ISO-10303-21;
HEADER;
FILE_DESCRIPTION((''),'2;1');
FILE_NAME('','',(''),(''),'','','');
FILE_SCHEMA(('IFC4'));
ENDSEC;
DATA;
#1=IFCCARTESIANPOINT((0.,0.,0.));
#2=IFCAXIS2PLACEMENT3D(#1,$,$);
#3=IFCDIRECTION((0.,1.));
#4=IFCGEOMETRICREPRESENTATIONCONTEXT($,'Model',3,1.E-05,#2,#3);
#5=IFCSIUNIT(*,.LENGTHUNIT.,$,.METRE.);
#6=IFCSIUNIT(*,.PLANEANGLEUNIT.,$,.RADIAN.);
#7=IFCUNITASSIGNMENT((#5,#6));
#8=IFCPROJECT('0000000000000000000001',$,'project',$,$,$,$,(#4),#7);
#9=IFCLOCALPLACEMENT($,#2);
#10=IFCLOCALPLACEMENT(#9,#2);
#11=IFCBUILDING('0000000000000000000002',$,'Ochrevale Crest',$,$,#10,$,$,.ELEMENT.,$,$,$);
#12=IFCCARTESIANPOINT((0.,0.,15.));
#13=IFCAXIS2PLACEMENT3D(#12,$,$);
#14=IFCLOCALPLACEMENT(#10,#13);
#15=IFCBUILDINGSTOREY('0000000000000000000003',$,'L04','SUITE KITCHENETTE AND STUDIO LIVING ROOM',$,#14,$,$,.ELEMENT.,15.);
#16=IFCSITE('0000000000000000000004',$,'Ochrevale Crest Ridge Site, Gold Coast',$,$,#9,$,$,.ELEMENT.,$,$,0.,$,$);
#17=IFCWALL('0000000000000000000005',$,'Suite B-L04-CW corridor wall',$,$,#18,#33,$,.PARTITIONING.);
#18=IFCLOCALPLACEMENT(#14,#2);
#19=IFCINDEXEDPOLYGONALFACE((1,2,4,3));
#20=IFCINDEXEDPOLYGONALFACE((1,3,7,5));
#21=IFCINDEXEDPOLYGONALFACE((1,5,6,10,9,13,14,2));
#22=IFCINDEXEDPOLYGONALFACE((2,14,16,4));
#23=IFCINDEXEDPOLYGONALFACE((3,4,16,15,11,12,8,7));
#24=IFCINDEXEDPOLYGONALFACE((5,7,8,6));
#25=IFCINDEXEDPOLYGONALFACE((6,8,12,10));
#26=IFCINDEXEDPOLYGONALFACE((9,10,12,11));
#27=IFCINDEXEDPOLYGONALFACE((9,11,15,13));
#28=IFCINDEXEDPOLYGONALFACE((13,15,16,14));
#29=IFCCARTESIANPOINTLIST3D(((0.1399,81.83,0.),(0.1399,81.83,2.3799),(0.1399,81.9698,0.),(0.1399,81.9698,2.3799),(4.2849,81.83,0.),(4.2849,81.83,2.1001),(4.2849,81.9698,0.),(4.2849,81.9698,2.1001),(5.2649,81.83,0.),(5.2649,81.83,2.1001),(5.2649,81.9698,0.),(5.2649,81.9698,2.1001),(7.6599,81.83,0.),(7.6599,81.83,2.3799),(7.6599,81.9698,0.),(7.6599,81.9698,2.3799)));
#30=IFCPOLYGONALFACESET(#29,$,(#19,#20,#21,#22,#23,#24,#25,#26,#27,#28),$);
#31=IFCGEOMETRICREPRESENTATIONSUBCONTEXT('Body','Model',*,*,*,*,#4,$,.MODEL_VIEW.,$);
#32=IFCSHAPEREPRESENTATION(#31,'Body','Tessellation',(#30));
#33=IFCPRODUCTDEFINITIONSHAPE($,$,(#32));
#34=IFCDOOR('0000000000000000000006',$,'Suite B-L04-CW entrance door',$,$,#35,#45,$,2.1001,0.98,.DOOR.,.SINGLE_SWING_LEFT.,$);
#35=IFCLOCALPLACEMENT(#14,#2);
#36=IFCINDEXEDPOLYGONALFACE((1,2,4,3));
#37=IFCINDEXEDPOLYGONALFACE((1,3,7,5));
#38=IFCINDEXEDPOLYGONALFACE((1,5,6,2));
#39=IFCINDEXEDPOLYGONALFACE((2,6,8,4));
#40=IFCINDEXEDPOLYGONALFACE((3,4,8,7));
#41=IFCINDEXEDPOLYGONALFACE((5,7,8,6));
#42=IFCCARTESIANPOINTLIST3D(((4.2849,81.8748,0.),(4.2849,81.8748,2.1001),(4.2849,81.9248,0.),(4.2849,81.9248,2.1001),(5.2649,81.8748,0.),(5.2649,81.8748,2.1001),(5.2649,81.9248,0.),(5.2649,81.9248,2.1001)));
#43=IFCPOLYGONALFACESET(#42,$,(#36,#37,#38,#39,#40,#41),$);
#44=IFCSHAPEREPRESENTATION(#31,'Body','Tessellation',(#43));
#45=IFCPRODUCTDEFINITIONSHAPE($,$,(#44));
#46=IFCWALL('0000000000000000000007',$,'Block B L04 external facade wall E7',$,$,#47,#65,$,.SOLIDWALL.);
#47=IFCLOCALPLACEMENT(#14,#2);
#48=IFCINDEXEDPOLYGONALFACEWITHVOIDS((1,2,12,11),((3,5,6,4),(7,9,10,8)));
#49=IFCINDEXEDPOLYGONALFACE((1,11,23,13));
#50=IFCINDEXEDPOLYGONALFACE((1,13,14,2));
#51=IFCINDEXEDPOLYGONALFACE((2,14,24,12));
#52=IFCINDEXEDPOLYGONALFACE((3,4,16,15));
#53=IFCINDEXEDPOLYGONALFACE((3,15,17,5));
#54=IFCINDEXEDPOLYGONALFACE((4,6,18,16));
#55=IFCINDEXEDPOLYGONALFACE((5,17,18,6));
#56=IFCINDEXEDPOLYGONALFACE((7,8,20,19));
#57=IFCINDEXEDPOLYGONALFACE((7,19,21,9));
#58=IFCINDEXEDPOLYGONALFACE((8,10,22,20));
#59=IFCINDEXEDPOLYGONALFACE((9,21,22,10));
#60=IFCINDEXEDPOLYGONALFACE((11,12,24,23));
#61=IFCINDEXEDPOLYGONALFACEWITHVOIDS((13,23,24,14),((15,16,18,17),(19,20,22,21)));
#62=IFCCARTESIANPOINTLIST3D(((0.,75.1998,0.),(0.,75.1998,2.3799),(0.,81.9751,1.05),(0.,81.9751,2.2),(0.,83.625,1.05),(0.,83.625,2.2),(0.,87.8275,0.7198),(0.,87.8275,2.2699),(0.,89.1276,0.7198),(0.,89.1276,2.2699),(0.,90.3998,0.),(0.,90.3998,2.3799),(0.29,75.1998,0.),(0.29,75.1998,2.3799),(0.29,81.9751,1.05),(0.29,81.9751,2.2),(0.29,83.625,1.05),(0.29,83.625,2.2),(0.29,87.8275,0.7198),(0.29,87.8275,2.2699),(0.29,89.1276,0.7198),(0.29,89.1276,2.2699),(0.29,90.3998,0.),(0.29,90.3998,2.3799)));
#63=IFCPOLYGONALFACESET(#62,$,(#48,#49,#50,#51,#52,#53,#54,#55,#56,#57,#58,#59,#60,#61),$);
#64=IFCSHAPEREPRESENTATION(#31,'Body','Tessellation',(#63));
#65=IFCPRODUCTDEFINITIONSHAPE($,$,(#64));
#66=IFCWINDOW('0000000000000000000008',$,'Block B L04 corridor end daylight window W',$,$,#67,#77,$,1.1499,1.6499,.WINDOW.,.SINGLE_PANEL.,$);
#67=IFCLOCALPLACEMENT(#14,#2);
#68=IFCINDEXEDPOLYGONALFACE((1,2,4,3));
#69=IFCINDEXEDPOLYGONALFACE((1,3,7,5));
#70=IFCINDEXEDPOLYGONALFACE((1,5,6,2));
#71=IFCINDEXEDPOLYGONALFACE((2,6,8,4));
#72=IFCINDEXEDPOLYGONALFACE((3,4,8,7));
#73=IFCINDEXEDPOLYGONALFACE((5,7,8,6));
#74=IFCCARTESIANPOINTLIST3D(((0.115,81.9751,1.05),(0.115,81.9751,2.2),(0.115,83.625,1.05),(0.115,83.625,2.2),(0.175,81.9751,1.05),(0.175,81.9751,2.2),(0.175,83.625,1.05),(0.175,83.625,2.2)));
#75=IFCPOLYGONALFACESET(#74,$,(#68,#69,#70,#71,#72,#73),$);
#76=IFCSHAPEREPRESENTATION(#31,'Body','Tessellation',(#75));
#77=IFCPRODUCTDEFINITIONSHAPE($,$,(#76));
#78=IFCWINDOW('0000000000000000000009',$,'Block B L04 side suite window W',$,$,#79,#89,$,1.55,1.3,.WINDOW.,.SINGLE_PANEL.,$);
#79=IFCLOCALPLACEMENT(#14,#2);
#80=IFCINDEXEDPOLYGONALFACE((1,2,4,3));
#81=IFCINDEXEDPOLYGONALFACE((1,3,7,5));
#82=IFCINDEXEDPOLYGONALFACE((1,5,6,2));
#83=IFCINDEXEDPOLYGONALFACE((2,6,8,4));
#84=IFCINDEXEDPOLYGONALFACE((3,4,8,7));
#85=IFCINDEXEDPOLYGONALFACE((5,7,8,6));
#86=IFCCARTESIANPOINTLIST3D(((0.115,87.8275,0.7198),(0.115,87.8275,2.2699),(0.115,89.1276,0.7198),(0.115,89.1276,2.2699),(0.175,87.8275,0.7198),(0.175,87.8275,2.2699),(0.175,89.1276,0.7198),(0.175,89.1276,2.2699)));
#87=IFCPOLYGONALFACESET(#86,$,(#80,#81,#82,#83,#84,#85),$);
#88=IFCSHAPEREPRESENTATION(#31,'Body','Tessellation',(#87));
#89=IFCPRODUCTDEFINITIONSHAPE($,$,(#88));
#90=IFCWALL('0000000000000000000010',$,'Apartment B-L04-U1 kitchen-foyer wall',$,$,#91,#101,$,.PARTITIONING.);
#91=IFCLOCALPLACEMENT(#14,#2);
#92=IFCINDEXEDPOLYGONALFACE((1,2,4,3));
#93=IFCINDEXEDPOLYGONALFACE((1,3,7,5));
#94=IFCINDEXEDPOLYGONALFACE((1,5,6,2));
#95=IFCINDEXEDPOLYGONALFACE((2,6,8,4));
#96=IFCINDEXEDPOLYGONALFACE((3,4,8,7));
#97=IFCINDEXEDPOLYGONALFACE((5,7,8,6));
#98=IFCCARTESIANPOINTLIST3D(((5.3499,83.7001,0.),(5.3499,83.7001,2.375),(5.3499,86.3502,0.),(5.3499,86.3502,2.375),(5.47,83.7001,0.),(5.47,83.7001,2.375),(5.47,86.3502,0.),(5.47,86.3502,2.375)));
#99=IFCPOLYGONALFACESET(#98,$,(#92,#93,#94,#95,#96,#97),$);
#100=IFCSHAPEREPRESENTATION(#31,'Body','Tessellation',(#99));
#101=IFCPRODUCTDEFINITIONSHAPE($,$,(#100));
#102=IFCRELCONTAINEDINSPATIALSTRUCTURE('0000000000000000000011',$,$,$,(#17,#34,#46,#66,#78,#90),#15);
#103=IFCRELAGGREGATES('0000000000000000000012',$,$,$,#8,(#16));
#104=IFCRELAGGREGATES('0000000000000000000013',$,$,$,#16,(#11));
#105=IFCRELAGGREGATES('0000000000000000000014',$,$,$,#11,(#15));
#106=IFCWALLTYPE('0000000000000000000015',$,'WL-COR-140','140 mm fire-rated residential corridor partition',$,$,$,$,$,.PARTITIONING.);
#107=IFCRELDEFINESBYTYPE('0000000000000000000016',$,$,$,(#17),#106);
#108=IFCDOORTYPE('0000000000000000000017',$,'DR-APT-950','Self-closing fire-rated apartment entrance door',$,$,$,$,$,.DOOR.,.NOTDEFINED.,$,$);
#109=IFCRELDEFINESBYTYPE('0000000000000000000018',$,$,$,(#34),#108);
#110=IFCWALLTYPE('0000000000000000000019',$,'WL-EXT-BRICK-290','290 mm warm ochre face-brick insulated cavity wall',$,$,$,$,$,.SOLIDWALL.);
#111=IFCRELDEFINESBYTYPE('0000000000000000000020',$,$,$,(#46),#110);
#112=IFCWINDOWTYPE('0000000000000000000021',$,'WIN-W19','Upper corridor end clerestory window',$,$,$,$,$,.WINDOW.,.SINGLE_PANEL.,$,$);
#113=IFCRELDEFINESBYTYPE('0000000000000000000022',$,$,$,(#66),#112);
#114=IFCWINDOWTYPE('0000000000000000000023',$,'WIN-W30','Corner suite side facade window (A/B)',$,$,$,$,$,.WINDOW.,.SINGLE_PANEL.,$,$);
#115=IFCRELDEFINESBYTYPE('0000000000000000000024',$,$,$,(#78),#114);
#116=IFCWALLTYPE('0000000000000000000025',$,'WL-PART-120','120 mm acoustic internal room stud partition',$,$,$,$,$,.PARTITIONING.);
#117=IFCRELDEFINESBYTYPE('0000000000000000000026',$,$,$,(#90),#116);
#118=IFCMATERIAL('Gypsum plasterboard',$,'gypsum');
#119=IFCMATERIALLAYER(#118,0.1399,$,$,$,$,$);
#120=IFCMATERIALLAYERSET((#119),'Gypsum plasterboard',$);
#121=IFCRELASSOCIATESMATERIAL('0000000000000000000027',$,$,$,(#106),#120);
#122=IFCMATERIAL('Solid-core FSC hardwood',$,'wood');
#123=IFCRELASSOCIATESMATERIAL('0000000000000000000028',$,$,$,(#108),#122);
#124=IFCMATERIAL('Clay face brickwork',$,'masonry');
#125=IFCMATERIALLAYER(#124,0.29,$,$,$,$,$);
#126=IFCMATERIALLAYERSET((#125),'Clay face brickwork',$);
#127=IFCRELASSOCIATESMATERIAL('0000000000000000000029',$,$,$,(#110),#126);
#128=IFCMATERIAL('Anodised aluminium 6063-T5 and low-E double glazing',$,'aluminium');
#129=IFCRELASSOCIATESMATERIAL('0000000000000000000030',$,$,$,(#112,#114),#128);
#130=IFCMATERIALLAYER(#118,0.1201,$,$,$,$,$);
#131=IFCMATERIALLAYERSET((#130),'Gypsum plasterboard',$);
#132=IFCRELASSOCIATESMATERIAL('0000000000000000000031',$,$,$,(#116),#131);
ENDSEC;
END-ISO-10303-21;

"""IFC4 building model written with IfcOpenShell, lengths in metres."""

from ifc_helpers import new_model, si_unit, direction, frame, frame_2d, origin, place, context, subcontext, project, spatial, rectangle, extrude, material, layer, layer_set, type_object, element, fill, save


model = new_model("IFC4")

# Units and contexts
model_context = context("Model", 3, precision=1e-05, world=origin(), true_north=direction((0.0, 1.0)))
body_context = subcontext(model_context, "Body", "Model", "MODEL_VIEW")
ifc_project = project(units=[si_unit("LENGTHUNIT", "METRE"), si_unit("PLANEANGLEUNIT", "RADIAN")], contexts=[model_context])

# Site, building, storey
site_placement = place(None, origin())
site = spatial("IfcSite", under=ifc_project, at=site_placement, Name="Ochrevale Crest Ridge Site, Gold Coast", CompositionType="ELEMENT", RefElevation=0.0)
building_placement = place(site_placement, origin())
building = spatial("IfcBuilding", under=site, at=building_placement, Name="Ochrevale Crest", CompositionType="ELEMENT")
storey_placement = place(building_placement, frame((0.0, 0.0, 15.0)))
storey = spatial("IfcBuildingStorey", under=building, at=storey_placement, Name="L04", Description="SUITE KITCHENETTE AND STUDIO LIVING ROOM", CompositionType="ELEMENT", Elevation=15.0)

# Wall, opening, door
ifc_material_1 = material(Name="Gypsum plasterboard", Category="gypsum")
ifc_layer_1 = layer(ifc_material_1, 0.1399)
ifc_layer_set_1 = layer_set([ifc_layer_1], Name="Gypsum plasterboard")
wall_type_1 = type_object("IfcWallType", Name="WL-COR-140", Description="140 mm fire-rated residential corridor partition", PredefinedType="PARTITIONING", material=ifc_layer_set_1)
ifc_material_2 = material(Name="Solid-core FSC hardwood", Category="wood")
door_type_1 = type_object("IfcDoorType", Name="DR-APT-950", Description="Self-closing fire-rated apartment entrance door", OperationType="NOTDEFINED", PredefinedType="DOOR", material=ifc_material_2)
wall_1_placement = place(storey_placement, frame((0.1399, 81.8999, 0.0), z_axis=(0.0, 0.0, 1.0), x_axis=(1.0, 0.0, 0.0)))
wall_1 = element("IfcWall", 1, at=wall_1_placement, inside=storey, type_object=wall_type_1, Name="Suite B-L04-CW corridor wall", PredefinedType="PARTITIONING", context=body_context, shape_type="SweptSolid", body=[
    extrude(rectangle(XDim=7.52, YDim=0.1399, at=frame_2d((3.76, 0.0))), origin(), (0.0, 0.0, 1.0), 2.3799),
])
opening_1_placement = place(wall_1_placement, frame((4.145, 0.0, 0.0)))
opening_1 = element("IfcOpeningElement", 2, at=opening_1_placement, cuts=wall_1, PredefinedType="OPENING", context=body_context, shape_type="SweptSolid", body=[
    extrude(rectangle(XDim=0.98, YDim=2.1001, at=frame_2d((0.49, 1.05))), frame((0.0, 0.0801, 0.0), z_axis=(0.0, -1.0, 0.0), x_axis=(1.0, 0.0, 0.0)), (0.0, 0.0, 1.0), 0.1599),
])
door_1_placement = place(opening_1_placement, origin())
door_1 = element("IfcDoor", 3, at=door_1_placement, inside=storey, type_object=door_type_1, Name="Suite B-L04-CW entrance door", OperationType="SINGLE_SWING_LEFT", OverallHeight=2.1001, OverallWidth=0.98, PredefinedType="DOOR", context=body_context, shape_type="SweptSolid", body=[
    extrude(rectangle(XDim=0.98, YDim=2.1001, at=frame_2d((0.49, 1.05))), frame((0.0, 0.0249, 0.0), z_axis=(0.0, -1.0, 0.0), x_axis=(1.0, 0.0, 0.0)), (0.0, 0.0, 1.0), 0.05),
])
fill(opening_1, door_1)

# Wall, openings, windows
ifc_material_3 = material(Name="Clay face brickwork", Category="masonry")
ifc_layer_2 = layer(ifc_material_3, 0.29)
ifc_layer_set_2 = layer_set([ifc_layer_2], Name="Clay face brickwork")
wall_type_2 = type_object("IfcWallType", Name="WL-EXT-BRICK-290", Description="290 mm warm ochre face-brick insulated cavity wall", PredefinedType="SOLIDWALL", material=ifc_layer_set_2)
wall_2_placement = place(storey_placement, frame((0.145, 90.3999, 0.0), z_axis=(0.0, 0.0, 1.0), x_axis=(0.0, -1.0, 0.0)))
wall_2 = element("IfcWall", 4, at=wall_2_placement, inside=storey, type_object=wall_type_2, Name="Block B L04 external facade wall E7", PredefinedType="SOLIDWALL", context=body_context, shape_type="SweptSolid", body=[
    extrude(rectangle(XDim=15.2, YDim=0.29, at=frame_2d((7.6001, 0.0))), origin(), (0.0, 0.0, 1.0), 2.3799),
])
opening_2_placement = place(wall_2_placement, frame((6.7749, 0.0, 1.05)))
opening_2 = element("IfcOpeningElement", 5, at=opening_2_placement, cuts=wall_2, PredefinedType="OPENING", context=body_context, shape_type="SweptSolid", body=[
    extrude(rectangle(XDim=1.6499, YDim=1.1499, at=frame_2d((0.825, 0.575))), frame((0.0, 0.155, 0.0), z_axis=(0.0, -1.0, 0.0), x_axis=(1.0, 0.0, 0.0)), (0.0, 0.0, 1.0), 0.3101),
])
opening_3_placement = place(wall_2_placement, frame((1.2725, 0.0, 0.72)))
opening_3 = element("IfcOpeningElement", 6, at=opening_3_placement, cuts=wall_2, PredefinedType="OPENING", context=body_context, shape_type="SweptSolid", body=[
    extrude(rectangle(XDim=1.3, YDim=1.55, at=frame_2d((0.6499, 0.7749))), frame((0.0, 0.155, 0.0), z_axis=(0.0, -1.0, 0.0), x_axis=(1.0, 0.0, 0.0)), (0.0, 0.0, 1.0), 0.3101),
])
ifc_material_4 = material(Name="Anodised aluminium 6063-T5 and low-E double glazing", Category="aluminium")
window_type_1 = type_object("IfcWindowType", Name="WIN-W19", Description="Upper corridor end clerestory window", PartitioningType="SINGLE_PANEL", PredefinedType="WINDOW", material=ifc_material_4)
window_1_placement = place(opening_2_placement, origin())
window_1 = element("IfcWindow", 7, at=window_1_placement, inside=storey, type_object=window_type_1, Name="Block B L04 corridor end daylight window W", OverallHeight=1.1499, OverallWidth=1.6499, PartitioningType="SINGLE_PANEL", PredefinedType="WINDOW", context=body_context, shape_type="SweptSolid", body=[
    extrude(rectangle(XDim=1.6499, YDim=1.1499, at=frame_2d((0.825, 0.575))), frame((0.0, 0.03, 0.0), z_axis=(0.0, -1.0, 0.0), x_axis=(1.0, 0.0, 0.0)), (0.0, 0.0, 1.0), 0.0601),
])
fill(opening_2, window_1)
window_type_2 = type_object("IfcWindowType", Name="WIN-W30", Description="Corner suite side facade window (A/B)", PartitioningType="SINGLE_PANEL", PredefinedType="WINDOW", material=ifc_material_4)
window_2_placement = place(opening_3_placement, origin())
window_2 = element("IfcWindow", 8, at=window_2_placement, inside=storey, type_object=window_type_2, Name="Block B L04 side suite window W", OverallHeight=1.55, OverallWidth=1.3, PartitioningType="SINGLE_PANEL", PredefinedType="WINDOW", context=body_context, shape_type="SweptSolid", body=[
    extrude(rectangle(XDim=1.3, YDim=1.55, at=frame_2d((0.6499, 0.7749))), frame((0.0, 0.03, 0.0), z_axis=(0.0, -1.0, 0.0), x_axis=(1.0, 0.0, 0.0)), (0.0, 0.0, 1.0), 0.0601),
])
fill(opening_3, window_2)

# Wall
ifc_layer_3 = layer(ifc_material_1, 0.1201)
ifc_layer_set_3 = layer_set([ifc_layer_3], Name="Gypsum plasterboard")
wall_type_3 = type_object("IfcWallType", Name="WL-PART-120", Description="120 mm acoustic internal room stud partition", PredefinedType="PARTITIONING", material=ifc_layer_set_3)
wall_3_placement = place(storey_placement, frame((5.4099, 83.7, 0.0), z_axis=(0.0, 0.0, 1.0), x_axis=(0.0, 1.0, 0.0)))
element("IfcWall", 9, at=wall_3_placement, inside=storey, type_object=wall_type_3, Name="Apartment B-L04-U1 kitchen-foyer wall", PredefinedType="PARTITIONING", context=body_context, shape_type="SweptSolid", body=[
    extrude(rectangle(XDim=2.6501, YDim=0.1201, at=frame_2d((1.3252, 0.0))), origin(), (0.0, 0.0, 1.0), 2.375),
])

save(model, "model.ifc")
